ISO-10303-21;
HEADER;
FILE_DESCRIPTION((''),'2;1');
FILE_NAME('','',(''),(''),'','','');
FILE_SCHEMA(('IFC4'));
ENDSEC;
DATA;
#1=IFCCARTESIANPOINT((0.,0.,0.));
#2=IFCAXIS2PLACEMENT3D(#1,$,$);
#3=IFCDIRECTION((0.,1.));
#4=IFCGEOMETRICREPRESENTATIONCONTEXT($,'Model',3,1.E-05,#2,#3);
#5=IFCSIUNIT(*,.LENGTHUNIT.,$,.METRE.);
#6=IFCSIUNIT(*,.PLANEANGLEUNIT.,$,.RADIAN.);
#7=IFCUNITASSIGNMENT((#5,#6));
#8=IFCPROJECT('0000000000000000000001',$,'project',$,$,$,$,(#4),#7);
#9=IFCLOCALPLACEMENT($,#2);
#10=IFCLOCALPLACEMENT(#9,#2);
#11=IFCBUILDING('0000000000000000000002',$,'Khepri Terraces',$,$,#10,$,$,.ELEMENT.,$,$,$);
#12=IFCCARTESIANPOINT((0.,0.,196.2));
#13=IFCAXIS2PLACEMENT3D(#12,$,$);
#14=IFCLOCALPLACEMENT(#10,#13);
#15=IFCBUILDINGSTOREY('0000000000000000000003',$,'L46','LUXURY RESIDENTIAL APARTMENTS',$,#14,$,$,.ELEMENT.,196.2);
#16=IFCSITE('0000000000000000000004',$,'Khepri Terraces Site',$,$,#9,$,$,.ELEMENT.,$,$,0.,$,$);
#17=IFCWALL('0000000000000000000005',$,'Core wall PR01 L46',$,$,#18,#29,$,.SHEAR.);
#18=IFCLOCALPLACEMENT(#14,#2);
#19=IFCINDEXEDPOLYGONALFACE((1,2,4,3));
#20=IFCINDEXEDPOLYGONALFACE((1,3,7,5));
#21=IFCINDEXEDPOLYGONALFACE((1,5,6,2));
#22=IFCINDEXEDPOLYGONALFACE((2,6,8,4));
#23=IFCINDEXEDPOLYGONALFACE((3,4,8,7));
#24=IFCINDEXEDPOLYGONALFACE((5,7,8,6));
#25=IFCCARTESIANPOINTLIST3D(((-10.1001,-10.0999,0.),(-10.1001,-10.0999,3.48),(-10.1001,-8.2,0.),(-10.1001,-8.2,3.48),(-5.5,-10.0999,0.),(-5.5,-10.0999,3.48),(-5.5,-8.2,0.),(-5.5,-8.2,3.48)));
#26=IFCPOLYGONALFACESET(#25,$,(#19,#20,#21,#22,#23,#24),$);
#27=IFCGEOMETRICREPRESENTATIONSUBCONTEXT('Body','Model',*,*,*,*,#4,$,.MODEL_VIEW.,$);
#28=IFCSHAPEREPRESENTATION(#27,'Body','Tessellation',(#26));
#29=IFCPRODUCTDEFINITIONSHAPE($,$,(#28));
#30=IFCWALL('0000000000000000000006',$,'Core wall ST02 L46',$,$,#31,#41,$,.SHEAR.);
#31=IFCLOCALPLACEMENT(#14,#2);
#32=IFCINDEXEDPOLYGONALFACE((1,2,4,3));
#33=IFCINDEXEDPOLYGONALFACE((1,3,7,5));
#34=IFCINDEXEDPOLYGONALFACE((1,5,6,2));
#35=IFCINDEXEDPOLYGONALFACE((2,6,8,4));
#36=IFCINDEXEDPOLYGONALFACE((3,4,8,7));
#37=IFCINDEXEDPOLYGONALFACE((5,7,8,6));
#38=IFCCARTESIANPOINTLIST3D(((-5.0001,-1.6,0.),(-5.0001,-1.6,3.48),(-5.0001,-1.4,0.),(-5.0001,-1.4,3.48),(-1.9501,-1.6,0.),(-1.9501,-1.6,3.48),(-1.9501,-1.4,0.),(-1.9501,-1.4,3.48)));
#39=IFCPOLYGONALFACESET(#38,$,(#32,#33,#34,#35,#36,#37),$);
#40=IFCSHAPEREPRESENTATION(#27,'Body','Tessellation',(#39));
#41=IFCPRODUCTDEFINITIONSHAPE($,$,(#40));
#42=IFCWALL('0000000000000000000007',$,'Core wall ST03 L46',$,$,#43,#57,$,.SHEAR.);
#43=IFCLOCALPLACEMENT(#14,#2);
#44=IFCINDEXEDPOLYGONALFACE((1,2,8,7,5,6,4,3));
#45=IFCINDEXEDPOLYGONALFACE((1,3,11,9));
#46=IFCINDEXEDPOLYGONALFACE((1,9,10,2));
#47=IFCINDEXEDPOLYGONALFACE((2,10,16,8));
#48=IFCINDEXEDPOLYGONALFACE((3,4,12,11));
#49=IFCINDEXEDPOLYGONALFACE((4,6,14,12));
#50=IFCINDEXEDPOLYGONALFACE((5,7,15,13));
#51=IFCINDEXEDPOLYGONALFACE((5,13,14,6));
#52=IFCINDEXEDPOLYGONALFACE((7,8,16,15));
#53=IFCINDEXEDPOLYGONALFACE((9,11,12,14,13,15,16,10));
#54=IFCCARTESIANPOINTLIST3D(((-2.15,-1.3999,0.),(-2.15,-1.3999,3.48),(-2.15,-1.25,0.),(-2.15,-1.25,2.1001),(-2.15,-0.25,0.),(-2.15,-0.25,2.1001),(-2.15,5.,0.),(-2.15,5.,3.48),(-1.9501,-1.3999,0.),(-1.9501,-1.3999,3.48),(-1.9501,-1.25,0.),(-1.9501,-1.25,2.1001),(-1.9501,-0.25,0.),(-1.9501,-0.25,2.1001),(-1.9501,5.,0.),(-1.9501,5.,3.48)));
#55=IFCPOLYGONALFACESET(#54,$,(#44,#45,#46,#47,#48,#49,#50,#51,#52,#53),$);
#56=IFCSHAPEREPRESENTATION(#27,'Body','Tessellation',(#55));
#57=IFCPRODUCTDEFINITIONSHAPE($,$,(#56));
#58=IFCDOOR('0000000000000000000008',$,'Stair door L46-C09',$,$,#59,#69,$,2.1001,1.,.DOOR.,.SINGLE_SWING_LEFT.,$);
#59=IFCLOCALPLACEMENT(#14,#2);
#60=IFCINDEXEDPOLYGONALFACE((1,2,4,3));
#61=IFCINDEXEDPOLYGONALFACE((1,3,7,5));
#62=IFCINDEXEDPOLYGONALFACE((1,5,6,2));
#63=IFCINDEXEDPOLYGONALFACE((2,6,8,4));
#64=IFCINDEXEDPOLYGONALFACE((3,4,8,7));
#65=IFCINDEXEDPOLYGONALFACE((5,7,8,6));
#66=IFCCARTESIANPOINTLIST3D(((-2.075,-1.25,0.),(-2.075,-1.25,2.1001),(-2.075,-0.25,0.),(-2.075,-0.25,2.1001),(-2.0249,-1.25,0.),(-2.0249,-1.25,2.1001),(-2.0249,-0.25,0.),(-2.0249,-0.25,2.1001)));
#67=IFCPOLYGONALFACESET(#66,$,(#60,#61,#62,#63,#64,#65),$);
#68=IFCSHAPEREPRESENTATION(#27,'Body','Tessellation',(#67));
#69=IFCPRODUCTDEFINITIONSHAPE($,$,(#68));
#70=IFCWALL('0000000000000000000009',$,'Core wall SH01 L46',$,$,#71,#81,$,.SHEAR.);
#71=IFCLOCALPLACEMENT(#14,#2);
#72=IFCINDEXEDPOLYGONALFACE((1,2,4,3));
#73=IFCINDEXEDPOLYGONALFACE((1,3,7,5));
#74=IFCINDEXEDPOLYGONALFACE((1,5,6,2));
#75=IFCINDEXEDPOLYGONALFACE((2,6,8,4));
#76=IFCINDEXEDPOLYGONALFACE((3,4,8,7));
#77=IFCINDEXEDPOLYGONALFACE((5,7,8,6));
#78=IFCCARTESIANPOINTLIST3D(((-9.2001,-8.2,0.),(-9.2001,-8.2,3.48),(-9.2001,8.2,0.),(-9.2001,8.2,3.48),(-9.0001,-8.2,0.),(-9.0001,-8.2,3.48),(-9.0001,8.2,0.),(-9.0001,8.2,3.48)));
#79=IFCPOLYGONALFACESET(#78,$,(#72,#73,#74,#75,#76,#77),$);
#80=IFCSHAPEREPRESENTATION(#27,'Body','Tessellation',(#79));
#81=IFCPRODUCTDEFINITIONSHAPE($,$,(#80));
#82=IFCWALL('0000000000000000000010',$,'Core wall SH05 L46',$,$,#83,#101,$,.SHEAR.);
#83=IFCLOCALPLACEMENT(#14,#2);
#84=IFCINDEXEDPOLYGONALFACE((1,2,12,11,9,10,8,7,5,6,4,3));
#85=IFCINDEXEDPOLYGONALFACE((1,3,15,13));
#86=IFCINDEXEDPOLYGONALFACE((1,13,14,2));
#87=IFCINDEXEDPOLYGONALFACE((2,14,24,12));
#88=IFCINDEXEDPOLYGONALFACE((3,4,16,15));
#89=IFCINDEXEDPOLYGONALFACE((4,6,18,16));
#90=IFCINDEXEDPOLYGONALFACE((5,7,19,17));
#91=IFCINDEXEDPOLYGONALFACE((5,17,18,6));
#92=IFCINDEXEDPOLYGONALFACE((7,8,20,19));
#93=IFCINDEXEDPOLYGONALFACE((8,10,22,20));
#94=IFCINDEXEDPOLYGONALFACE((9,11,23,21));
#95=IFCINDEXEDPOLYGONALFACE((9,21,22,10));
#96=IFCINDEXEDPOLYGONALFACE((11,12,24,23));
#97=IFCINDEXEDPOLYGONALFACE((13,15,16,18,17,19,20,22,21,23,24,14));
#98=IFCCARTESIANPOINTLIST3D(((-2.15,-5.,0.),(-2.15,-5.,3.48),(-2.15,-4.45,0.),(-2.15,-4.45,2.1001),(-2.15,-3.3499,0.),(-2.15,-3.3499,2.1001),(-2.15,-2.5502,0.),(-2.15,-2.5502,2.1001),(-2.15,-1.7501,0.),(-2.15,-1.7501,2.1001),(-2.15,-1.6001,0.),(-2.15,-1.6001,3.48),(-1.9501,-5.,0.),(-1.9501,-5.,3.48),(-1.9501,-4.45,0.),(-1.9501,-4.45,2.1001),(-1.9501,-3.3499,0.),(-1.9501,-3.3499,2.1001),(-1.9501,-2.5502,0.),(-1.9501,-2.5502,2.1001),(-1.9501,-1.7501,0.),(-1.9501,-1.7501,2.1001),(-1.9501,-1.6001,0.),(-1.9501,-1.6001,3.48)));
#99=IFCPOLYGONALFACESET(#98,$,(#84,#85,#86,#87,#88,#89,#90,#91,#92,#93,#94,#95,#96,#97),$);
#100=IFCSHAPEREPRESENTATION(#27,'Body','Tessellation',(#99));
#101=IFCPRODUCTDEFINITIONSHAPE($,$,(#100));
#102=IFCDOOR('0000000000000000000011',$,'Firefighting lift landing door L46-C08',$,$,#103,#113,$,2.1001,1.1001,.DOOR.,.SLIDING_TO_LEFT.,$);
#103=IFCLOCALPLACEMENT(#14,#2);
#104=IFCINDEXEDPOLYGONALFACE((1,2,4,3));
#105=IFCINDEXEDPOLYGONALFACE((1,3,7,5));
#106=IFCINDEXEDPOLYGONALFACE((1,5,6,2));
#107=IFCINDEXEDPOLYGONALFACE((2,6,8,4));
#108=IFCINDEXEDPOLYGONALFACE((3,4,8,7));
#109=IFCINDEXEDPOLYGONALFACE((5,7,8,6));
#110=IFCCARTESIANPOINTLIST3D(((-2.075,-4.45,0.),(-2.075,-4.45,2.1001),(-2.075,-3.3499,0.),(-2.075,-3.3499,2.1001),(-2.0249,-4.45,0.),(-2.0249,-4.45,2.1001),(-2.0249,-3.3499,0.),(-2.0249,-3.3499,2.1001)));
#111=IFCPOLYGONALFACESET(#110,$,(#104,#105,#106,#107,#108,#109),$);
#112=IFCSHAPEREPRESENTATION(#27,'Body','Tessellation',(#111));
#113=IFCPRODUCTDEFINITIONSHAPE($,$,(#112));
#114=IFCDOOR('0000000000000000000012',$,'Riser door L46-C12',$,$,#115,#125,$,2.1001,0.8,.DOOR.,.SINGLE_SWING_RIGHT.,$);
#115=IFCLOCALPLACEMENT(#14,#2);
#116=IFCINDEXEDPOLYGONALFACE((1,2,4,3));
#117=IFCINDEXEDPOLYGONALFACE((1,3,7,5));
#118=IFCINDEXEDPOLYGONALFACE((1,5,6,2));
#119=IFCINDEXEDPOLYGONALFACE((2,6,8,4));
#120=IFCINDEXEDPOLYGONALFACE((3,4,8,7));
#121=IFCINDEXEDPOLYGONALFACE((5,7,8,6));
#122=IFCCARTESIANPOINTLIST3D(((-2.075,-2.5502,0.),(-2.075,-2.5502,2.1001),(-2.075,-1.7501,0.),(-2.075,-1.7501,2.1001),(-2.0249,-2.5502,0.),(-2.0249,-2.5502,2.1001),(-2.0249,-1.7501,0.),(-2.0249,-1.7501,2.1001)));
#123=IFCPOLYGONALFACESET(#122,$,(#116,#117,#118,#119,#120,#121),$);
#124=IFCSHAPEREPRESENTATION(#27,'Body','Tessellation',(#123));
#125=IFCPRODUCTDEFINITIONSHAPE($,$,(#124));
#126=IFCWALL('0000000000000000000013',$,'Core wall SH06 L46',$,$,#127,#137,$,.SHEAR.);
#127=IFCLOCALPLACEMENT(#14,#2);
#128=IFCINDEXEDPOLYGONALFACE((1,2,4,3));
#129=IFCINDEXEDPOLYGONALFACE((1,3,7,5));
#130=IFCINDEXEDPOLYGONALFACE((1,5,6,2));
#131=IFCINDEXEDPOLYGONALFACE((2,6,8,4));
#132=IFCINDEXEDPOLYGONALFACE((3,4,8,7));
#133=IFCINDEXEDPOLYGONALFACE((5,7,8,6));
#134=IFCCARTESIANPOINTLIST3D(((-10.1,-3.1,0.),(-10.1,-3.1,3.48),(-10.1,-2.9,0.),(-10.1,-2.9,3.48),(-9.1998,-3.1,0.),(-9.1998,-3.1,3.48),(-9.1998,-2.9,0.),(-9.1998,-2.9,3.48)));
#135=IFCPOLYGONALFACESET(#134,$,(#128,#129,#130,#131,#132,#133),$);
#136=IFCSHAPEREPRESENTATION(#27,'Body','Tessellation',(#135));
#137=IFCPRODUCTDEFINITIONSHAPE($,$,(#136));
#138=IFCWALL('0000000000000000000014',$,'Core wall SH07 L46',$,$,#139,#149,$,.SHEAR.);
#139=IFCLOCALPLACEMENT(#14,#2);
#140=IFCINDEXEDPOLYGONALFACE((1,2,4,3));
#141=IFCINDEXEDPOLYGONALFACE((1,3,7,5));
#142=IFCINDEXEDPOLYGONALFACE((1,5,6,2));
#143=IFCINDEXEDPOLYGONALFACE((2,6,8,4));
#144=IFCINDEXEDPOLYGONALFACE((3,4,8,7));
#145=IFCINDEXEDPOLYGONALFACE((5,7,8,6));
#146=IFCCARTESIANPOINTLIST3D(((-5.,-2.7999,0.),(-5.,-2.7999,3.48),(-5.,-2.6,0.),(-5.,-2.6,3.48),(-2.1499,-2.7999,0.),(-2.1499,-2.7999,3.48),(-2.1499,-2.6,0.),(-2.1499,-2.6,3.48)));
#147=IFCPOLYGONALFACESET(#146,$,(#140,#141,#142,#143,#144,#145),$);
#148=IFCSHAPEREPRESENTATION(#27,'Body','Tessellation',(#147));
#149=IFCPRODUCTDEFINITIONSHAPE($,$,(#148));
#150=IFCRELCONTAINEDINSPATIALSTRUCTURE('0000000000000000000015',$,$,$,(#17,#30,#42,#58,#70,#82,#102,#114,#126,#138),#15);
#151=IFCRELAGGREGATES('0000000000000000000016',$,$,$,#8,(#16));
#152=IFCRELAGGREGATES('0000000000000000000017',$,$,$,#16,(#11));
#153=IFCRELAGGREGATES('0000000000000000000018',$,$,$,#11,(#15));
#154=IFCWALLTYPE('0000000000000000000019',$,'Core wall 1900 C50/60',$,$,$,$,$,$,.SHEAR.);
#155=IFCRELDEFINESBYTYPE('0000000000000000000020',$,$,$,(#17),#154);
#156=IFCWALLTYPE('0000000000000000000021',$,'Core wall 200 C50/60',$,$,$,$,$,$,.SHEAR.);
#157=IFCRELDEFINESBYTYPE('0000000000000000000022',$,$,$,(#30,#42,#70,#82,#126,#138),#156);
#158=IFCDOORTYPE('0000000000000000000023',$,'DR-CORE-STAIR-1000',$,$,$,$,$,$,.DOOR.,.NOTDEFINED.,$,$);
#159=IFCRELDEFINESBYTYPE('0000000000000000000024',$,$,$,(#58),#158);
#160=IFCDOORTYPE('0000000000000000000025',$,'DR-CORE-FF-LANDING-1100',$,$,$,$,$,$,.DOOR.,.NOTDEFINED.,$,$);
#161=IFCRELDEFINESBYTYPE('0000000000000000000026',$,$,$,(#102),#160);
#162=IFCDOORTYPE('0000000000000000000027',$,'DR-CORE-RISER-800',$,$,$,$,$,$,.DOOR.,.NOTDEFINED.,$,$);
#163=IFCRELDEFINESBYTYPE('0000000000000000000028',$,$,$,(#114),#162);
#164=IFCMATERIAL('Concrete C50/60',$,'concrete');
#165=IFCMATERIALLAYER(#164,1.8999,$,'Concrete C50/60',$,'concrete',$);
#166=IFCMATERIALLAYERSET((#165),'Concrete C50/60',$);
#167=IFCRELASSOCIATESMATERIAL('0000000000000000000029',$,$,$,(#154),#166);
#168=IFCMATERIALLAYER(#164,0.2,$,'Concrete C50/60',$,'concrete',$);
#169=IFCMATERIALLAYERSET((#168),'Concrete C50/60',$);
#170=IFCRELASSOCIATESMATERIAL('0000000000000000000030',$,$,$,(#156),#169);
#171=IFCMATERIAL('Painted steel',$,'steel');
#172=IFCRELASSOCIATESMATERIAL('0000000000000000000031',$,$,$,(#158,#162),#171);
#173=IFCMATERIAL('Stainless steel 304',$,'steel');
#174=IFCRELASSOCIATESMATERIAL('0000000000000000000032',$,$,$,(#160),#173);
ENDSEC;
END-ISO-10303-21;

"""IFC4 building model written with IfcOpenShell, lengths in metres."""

from ifc_helpers import new_model, si_unit, direction, frame, frame_2d, origin, place, context, subcontext, project, spatial, rectangle, extrude, material, layer, layer_set, type_object, element, fill, save


model = new_model("IFC4")

# Units and contexts
model_context = context("Model", 3, precision=1e-05, world=origin(), true_north=direction((0.0, 1.0)))
body_context = subcontext(model_context, "Body", "Model", "MODEL_VIEW")
ifc_project = project(units=[si_unit("LENGTHUNIT", "METRE"), si_unit("PLANEANGLEUNIT", "RADIAN")], contexts=[model_context])

# Site, building, storey
site_placement = place(None, origin())
site = spatial("IfcSite", under=ifc_project, at=site_placement, Name="Khepri Terraces Site", CompositionType="ELEMENT", RefElevation=0.0)
building_placement = place(site_placement, origin())
building = spatial("IfcBuilding", under=site, at=building_placement, Name="Khepri Terraces", CompositionType="ELEMENT")
storey_placement = place(building_placement, frame((0.0, 0.0, 196.2)))
storey = spatial("IfcBuildingStorey", under=building, at=storey_placement, Name="L46", Description="LUXURY RESIDENTIAL APARTMENTS", CompositionType="ELEMENT", Elevation=196.2)

# Walls
ifc_material_1 = material(Name="Concrete C50/60", Category="concrete")
ifc_layer_1 = layer(ifc_material_1, 1.8999, Name="Concrete C50/60", Category="concrete")
ifc_layer_set_1 = layer_set([ifc_layer_1], Name="Concrete C50/60")
wall_type_1 = type_object("IfcWallType", Name="Core wall 1900 C50/60", PredefinedType="SHEAR", material=ifc_layer_set_1)
wall_1_placement = place(storey_placement, frame((-10.1001, -9.1499, 0.0), z_axis=(0.0, 0.0, 1.0), x_axis=(1.0, 0.0, 0.0)))
element("IfcWall", 1, at=wall_1_placement, inside=storey, type_object=wall_type_1, Name="Core wall PR01 L46", PredefinedType="SHEAR", context=body_context, shape_type="SweptSolid", body=[
    extrude(rectangle(XDim=4.6001, YDim=1.8999, at=frame_2d((2.3, 0.0))), origin(), (0.0, 0.0, 1.0), 3.48),
])
ifc_layer_2 = layer(ifc_material_1, 0.2, Name="Concrete C50/60", Category="concrete")
ifc_layer_set_2 = layer_set([ifc_layer_2], Name="Concrete C50/60")
wall_type_2 = type_object("IfcWallType", Name="Core wall 200 C50/60", PredefinedType="SHEAR", material=ifc_layer_set_2)
wall_2_placement = place(storey_placement, frame((-5.0, -1.5, 0.0), z_axis=(0.0, 0.0, 1.0), x_axis=(1.0, 0.0, 0.0)))
element("IfcWall", 2, at=wall_2_placement, inside=storey, type_object=wall_type_2, Name="Core wall ST02 L46", PredefinedType="SHEAR", context=body_context, shape_type="SweptSolid", body=[
    extrude(rectangle(XDim=3.05, YDim=0.2, at=frame_2d((1.5249, 0.0))), origin(), (0.0, 0.0, 1.0), 3.48),
])

# Wall, opening, door
wall_3_placement = place(storey_placement, frame((-2.05, -1.3999, 0.0), z_axis=(0.0, 0.0, 1.0), x_axis=(0.0, 1.0, 0.0)))
wall_3 = element("IfcWall", 3, at=wall_3_placement, inside=storey, type_object=wall_type_2, Name="Core wall ST03 L46", PredefinedType="SHEAR", context=body_context, shape_type="SweptSolid", body=[
    extrude(rectangle(XDim=6.3999, YDim=0.2, at=frame_2d((3.2, 0.0))), origin(), (0.0, 0.0, 1.0), 3.48),
])
opening_1_placement = place(wall_3_placement, frame((0.1499, 0.0, 0.0)))
opening_1 = element("IfcOpeningElement", 4, at=opening_1_placement, cuts=wall_3, PredefinedType="OPENING", context=body_context, shape_type="SweptSolid", body=[
    extrude(rectangle(XDim=1.0, YDim=2.1001, at=frame_2d((0.5, 1.05))), frame((0.0, 0.1099, 0.0), z_axis=(0.0, -1.0, 0.0), x_axis=(1.0, 0.0, 0.0)), (0.0, 0.0, 1.0), 0.22),
])
ifc_material_2 = material(Name="Painted steel", Category="steel")
door_type_1 = type_object("IfcDoorType", Name="DR-CORE-STAIR-1000", OperationType="NOTDEFINED", PredefinedType="DOOR", material=ifc_material_2)
door_1_placement = place(opening_1_placement, origin())
door_1 = element("IfcDoor", 5, at=door_1_placement, inside=storey, type_object=door_type_1, Name="Stair door L46-C09", OperationType="SINGLE_SWING_LEFT", OverallHeight=2.1001, OverallWidth=1.0, PredefinedType="DOOR", context=body_context, shape_type="SweptSolid", body=[
    extrude(rectangle(XDim=1.0, YDim=2.1001, at=frame_2d((0.5, 1.05))), frame((0.0, 0.0249, 0.0), z_axis=(0.0, -1.0, 0.0), x_axis=(1.0, 0.0, 0.0)), (0.0, 0.0, 1.0), 0.05),
])
fill(opening_1, door_1)

# Wall
wall_4_placement = place(storey_placement, frame((-9.1001, -8.2, 0.0), z_axis=(0.0, 0.0, 1.0), x_axis=(0.0, 1.0, 0.0)))
element("IfcWall", 6, at=wall_4_placement, inside=storey, type_object=wall_type_2, Name="Core wall SH01 L46", PredefinedType="SHEAR", context=body_context, shape_type="SweptSolid", body=[
    extrude(rectangle(XDim=16.3999, YDim=0.2, at=frame_2d((8.2, 0.0))), origin(), (0.0, 0.0, 1.0), 3.48),
])

# Wall, openings, doors
wall_5_placement = place(storey_placement, frame((-2.05, -5.0, 0.0), z_axis=(0.0, 0.0, 1.0), x_axis=(0.0, 1.0, 0.0)))
wall_5 = element("IfcWall", 7, at=wall_5_placement, inside=storey, type_object=wall_type_2, Name="Core wall SH05 L46", PredefinedType="SHEAR", context=body_context, shape_type="SweptSolid", body=[
    extrude(rectangle(XDim=3.3999, YDim=0.2, at=frame_2d((1.7, 0.0))), origin(), (0.0, 0.0, 1.0), 3.48),
])
opening_2_placement = place(wall_5_placement, frame((0.55, 0.0, 0.0)))
opening_2 = element("IfcOpeningElement", 8, at=opening_2_placement, cuts=wall_5, PredefinedType="OPENING", context=body_context, shape_type="SweptSolid", body=[
    extrude(rectangle(XDim=1.1001, YDim=2.1001, at=frame_2d((0.55, 1.05))), frame((0.0, 0.1099, 0.0), z_axis=(0.0, -1.0, 0.0), x_axis=(1.0, 0.0, 0.0)), (0.0, 0.0, 1.0), 0.22),
])
opening_3_placement = place(wall_5_placement, frame((2.45, 0.0, 0.0)))
opening_3 = element("IfcOpeningElement", 9, at=opening_3_placement, cuts=wall_5, PredefinedType="OPENING", context=body_context, shape_type="SweptSolid", body=[
    extrude(rectangle(XDim=0.8, YDim=2.1001, at=frame_2d((0.3999, 1.05))), frame((0.0, 0.1099, 0.0), z_axis=(0.0, -1.0, 0.0), x_axis=(1.0, 0.0, 0.0)), (0.0, 0.0, 1.0), 0.22),
])
ifc_material_3 = material(Name="Stainless steel 304", Category="steel")
door_type_2 = type_object("IfcDoorType", Name="DR-CORE-FF-LANDING-1100", OperationType="NOTDEFINED", PredefinedType="DOOR", material=ifc_material_3)
door_2_placement = place(opening_2_placement, origin())
door_2 = element("IfcDoor", 10, at=door_2_placement, inside=storey, type_object=door_type_2, Name="Firefighting lift landing door L46-C08", OperationType="SLIDING_TO_LEFT", OverallHeight=2.1001, OverallWidth=1.1001, PredefinedType="DOOR", context=body_context, shape_type="SweptSolid", body=[
    extrude(rectangle(XDim=1.1001, YDim=2.1001, at=frame_2d((0.55, 1.05))), frame((0.0, 0.0249, 0.0), z_axis=(0.0, -1.0, 0.0), x_axis=(1.0, 0.0, 0.0)), (0.0, 0.0, 1.0), 0.05),
])
fill(opening_2, door_2)
door_type_3 = type_object("IfcDoorType", Name="DR-CORE-RISER-800", OperationType="NOTDEFINED", PredefinedType="DOOR", material=ifc_material_2)
door_3_placement = place(opening_3_placement, origin())
door_3 = element("IfcDoor", 11, at=door_3_placement, inside=storey, type_object=door_type_3, Name="Riser door L46-C12", OperationType="SINGLE_SWING_RIGHT", OverallHeight=2.1001, OverallWidth=0.8, PredefinedType="DOOR", context=body_context, shape_type="SweptSolid", body=[
    extrude(rectangle(XDim=0.8, YDim=2.1001, at=frame_2d((0.3999, 1.05))), frame((0.0, 0.0249, 0.0), z_axis=(0.0, -1.0, 0.0), x_axis=(1.0, 0.0, 0.0)), (0.0, 0.0, 1.0), 0.05),
])
fill(opening_3, door_3)

# Walls
wall_6_placement = place(storey_placement, frame((-10.1001, -3.0, 0.0), z_axis=(0.0, 0.0, 1.0), x_axis=(1.0, 0.0, 0.0)))
element("IfcWall", 12, at=wall_6_placement, inside=storey, type_object=wall_type_2, Name="Core wall SH06 L46", PredefinedType="SHEAR", context=body_context, shape_type="SweptSolid", body=[
    extrude(rectangle(XDim=0.9001, YDim=0.2, at=frame_2d((0.4502, 0.0))), origin(), (0.0, 0.0, 1.0), 3.48),
])
wall_7_placement = place(storey_placement, frame((-5.0, -2.7, 0.0), z_axis=(0.0, 0.0, 1.0), x_axis=(1.0, 0.0, 0.0)))
element("IfcWall", 13, at=wall_7_placement, inside=storey, type_object=wall_type_2, Name="Core wall SH07 L46", PredefinedType="SHEAR", context=body_context, shape_type="SweptSolid", body=[
    extrude(rectangle(XDim=2.8501, YDim=0.2, at=frame_2d((1.425, 0.0))), origin(), (0.0, 0.0, 1.0), 3.48),
])

save(model, "model.ifc")
